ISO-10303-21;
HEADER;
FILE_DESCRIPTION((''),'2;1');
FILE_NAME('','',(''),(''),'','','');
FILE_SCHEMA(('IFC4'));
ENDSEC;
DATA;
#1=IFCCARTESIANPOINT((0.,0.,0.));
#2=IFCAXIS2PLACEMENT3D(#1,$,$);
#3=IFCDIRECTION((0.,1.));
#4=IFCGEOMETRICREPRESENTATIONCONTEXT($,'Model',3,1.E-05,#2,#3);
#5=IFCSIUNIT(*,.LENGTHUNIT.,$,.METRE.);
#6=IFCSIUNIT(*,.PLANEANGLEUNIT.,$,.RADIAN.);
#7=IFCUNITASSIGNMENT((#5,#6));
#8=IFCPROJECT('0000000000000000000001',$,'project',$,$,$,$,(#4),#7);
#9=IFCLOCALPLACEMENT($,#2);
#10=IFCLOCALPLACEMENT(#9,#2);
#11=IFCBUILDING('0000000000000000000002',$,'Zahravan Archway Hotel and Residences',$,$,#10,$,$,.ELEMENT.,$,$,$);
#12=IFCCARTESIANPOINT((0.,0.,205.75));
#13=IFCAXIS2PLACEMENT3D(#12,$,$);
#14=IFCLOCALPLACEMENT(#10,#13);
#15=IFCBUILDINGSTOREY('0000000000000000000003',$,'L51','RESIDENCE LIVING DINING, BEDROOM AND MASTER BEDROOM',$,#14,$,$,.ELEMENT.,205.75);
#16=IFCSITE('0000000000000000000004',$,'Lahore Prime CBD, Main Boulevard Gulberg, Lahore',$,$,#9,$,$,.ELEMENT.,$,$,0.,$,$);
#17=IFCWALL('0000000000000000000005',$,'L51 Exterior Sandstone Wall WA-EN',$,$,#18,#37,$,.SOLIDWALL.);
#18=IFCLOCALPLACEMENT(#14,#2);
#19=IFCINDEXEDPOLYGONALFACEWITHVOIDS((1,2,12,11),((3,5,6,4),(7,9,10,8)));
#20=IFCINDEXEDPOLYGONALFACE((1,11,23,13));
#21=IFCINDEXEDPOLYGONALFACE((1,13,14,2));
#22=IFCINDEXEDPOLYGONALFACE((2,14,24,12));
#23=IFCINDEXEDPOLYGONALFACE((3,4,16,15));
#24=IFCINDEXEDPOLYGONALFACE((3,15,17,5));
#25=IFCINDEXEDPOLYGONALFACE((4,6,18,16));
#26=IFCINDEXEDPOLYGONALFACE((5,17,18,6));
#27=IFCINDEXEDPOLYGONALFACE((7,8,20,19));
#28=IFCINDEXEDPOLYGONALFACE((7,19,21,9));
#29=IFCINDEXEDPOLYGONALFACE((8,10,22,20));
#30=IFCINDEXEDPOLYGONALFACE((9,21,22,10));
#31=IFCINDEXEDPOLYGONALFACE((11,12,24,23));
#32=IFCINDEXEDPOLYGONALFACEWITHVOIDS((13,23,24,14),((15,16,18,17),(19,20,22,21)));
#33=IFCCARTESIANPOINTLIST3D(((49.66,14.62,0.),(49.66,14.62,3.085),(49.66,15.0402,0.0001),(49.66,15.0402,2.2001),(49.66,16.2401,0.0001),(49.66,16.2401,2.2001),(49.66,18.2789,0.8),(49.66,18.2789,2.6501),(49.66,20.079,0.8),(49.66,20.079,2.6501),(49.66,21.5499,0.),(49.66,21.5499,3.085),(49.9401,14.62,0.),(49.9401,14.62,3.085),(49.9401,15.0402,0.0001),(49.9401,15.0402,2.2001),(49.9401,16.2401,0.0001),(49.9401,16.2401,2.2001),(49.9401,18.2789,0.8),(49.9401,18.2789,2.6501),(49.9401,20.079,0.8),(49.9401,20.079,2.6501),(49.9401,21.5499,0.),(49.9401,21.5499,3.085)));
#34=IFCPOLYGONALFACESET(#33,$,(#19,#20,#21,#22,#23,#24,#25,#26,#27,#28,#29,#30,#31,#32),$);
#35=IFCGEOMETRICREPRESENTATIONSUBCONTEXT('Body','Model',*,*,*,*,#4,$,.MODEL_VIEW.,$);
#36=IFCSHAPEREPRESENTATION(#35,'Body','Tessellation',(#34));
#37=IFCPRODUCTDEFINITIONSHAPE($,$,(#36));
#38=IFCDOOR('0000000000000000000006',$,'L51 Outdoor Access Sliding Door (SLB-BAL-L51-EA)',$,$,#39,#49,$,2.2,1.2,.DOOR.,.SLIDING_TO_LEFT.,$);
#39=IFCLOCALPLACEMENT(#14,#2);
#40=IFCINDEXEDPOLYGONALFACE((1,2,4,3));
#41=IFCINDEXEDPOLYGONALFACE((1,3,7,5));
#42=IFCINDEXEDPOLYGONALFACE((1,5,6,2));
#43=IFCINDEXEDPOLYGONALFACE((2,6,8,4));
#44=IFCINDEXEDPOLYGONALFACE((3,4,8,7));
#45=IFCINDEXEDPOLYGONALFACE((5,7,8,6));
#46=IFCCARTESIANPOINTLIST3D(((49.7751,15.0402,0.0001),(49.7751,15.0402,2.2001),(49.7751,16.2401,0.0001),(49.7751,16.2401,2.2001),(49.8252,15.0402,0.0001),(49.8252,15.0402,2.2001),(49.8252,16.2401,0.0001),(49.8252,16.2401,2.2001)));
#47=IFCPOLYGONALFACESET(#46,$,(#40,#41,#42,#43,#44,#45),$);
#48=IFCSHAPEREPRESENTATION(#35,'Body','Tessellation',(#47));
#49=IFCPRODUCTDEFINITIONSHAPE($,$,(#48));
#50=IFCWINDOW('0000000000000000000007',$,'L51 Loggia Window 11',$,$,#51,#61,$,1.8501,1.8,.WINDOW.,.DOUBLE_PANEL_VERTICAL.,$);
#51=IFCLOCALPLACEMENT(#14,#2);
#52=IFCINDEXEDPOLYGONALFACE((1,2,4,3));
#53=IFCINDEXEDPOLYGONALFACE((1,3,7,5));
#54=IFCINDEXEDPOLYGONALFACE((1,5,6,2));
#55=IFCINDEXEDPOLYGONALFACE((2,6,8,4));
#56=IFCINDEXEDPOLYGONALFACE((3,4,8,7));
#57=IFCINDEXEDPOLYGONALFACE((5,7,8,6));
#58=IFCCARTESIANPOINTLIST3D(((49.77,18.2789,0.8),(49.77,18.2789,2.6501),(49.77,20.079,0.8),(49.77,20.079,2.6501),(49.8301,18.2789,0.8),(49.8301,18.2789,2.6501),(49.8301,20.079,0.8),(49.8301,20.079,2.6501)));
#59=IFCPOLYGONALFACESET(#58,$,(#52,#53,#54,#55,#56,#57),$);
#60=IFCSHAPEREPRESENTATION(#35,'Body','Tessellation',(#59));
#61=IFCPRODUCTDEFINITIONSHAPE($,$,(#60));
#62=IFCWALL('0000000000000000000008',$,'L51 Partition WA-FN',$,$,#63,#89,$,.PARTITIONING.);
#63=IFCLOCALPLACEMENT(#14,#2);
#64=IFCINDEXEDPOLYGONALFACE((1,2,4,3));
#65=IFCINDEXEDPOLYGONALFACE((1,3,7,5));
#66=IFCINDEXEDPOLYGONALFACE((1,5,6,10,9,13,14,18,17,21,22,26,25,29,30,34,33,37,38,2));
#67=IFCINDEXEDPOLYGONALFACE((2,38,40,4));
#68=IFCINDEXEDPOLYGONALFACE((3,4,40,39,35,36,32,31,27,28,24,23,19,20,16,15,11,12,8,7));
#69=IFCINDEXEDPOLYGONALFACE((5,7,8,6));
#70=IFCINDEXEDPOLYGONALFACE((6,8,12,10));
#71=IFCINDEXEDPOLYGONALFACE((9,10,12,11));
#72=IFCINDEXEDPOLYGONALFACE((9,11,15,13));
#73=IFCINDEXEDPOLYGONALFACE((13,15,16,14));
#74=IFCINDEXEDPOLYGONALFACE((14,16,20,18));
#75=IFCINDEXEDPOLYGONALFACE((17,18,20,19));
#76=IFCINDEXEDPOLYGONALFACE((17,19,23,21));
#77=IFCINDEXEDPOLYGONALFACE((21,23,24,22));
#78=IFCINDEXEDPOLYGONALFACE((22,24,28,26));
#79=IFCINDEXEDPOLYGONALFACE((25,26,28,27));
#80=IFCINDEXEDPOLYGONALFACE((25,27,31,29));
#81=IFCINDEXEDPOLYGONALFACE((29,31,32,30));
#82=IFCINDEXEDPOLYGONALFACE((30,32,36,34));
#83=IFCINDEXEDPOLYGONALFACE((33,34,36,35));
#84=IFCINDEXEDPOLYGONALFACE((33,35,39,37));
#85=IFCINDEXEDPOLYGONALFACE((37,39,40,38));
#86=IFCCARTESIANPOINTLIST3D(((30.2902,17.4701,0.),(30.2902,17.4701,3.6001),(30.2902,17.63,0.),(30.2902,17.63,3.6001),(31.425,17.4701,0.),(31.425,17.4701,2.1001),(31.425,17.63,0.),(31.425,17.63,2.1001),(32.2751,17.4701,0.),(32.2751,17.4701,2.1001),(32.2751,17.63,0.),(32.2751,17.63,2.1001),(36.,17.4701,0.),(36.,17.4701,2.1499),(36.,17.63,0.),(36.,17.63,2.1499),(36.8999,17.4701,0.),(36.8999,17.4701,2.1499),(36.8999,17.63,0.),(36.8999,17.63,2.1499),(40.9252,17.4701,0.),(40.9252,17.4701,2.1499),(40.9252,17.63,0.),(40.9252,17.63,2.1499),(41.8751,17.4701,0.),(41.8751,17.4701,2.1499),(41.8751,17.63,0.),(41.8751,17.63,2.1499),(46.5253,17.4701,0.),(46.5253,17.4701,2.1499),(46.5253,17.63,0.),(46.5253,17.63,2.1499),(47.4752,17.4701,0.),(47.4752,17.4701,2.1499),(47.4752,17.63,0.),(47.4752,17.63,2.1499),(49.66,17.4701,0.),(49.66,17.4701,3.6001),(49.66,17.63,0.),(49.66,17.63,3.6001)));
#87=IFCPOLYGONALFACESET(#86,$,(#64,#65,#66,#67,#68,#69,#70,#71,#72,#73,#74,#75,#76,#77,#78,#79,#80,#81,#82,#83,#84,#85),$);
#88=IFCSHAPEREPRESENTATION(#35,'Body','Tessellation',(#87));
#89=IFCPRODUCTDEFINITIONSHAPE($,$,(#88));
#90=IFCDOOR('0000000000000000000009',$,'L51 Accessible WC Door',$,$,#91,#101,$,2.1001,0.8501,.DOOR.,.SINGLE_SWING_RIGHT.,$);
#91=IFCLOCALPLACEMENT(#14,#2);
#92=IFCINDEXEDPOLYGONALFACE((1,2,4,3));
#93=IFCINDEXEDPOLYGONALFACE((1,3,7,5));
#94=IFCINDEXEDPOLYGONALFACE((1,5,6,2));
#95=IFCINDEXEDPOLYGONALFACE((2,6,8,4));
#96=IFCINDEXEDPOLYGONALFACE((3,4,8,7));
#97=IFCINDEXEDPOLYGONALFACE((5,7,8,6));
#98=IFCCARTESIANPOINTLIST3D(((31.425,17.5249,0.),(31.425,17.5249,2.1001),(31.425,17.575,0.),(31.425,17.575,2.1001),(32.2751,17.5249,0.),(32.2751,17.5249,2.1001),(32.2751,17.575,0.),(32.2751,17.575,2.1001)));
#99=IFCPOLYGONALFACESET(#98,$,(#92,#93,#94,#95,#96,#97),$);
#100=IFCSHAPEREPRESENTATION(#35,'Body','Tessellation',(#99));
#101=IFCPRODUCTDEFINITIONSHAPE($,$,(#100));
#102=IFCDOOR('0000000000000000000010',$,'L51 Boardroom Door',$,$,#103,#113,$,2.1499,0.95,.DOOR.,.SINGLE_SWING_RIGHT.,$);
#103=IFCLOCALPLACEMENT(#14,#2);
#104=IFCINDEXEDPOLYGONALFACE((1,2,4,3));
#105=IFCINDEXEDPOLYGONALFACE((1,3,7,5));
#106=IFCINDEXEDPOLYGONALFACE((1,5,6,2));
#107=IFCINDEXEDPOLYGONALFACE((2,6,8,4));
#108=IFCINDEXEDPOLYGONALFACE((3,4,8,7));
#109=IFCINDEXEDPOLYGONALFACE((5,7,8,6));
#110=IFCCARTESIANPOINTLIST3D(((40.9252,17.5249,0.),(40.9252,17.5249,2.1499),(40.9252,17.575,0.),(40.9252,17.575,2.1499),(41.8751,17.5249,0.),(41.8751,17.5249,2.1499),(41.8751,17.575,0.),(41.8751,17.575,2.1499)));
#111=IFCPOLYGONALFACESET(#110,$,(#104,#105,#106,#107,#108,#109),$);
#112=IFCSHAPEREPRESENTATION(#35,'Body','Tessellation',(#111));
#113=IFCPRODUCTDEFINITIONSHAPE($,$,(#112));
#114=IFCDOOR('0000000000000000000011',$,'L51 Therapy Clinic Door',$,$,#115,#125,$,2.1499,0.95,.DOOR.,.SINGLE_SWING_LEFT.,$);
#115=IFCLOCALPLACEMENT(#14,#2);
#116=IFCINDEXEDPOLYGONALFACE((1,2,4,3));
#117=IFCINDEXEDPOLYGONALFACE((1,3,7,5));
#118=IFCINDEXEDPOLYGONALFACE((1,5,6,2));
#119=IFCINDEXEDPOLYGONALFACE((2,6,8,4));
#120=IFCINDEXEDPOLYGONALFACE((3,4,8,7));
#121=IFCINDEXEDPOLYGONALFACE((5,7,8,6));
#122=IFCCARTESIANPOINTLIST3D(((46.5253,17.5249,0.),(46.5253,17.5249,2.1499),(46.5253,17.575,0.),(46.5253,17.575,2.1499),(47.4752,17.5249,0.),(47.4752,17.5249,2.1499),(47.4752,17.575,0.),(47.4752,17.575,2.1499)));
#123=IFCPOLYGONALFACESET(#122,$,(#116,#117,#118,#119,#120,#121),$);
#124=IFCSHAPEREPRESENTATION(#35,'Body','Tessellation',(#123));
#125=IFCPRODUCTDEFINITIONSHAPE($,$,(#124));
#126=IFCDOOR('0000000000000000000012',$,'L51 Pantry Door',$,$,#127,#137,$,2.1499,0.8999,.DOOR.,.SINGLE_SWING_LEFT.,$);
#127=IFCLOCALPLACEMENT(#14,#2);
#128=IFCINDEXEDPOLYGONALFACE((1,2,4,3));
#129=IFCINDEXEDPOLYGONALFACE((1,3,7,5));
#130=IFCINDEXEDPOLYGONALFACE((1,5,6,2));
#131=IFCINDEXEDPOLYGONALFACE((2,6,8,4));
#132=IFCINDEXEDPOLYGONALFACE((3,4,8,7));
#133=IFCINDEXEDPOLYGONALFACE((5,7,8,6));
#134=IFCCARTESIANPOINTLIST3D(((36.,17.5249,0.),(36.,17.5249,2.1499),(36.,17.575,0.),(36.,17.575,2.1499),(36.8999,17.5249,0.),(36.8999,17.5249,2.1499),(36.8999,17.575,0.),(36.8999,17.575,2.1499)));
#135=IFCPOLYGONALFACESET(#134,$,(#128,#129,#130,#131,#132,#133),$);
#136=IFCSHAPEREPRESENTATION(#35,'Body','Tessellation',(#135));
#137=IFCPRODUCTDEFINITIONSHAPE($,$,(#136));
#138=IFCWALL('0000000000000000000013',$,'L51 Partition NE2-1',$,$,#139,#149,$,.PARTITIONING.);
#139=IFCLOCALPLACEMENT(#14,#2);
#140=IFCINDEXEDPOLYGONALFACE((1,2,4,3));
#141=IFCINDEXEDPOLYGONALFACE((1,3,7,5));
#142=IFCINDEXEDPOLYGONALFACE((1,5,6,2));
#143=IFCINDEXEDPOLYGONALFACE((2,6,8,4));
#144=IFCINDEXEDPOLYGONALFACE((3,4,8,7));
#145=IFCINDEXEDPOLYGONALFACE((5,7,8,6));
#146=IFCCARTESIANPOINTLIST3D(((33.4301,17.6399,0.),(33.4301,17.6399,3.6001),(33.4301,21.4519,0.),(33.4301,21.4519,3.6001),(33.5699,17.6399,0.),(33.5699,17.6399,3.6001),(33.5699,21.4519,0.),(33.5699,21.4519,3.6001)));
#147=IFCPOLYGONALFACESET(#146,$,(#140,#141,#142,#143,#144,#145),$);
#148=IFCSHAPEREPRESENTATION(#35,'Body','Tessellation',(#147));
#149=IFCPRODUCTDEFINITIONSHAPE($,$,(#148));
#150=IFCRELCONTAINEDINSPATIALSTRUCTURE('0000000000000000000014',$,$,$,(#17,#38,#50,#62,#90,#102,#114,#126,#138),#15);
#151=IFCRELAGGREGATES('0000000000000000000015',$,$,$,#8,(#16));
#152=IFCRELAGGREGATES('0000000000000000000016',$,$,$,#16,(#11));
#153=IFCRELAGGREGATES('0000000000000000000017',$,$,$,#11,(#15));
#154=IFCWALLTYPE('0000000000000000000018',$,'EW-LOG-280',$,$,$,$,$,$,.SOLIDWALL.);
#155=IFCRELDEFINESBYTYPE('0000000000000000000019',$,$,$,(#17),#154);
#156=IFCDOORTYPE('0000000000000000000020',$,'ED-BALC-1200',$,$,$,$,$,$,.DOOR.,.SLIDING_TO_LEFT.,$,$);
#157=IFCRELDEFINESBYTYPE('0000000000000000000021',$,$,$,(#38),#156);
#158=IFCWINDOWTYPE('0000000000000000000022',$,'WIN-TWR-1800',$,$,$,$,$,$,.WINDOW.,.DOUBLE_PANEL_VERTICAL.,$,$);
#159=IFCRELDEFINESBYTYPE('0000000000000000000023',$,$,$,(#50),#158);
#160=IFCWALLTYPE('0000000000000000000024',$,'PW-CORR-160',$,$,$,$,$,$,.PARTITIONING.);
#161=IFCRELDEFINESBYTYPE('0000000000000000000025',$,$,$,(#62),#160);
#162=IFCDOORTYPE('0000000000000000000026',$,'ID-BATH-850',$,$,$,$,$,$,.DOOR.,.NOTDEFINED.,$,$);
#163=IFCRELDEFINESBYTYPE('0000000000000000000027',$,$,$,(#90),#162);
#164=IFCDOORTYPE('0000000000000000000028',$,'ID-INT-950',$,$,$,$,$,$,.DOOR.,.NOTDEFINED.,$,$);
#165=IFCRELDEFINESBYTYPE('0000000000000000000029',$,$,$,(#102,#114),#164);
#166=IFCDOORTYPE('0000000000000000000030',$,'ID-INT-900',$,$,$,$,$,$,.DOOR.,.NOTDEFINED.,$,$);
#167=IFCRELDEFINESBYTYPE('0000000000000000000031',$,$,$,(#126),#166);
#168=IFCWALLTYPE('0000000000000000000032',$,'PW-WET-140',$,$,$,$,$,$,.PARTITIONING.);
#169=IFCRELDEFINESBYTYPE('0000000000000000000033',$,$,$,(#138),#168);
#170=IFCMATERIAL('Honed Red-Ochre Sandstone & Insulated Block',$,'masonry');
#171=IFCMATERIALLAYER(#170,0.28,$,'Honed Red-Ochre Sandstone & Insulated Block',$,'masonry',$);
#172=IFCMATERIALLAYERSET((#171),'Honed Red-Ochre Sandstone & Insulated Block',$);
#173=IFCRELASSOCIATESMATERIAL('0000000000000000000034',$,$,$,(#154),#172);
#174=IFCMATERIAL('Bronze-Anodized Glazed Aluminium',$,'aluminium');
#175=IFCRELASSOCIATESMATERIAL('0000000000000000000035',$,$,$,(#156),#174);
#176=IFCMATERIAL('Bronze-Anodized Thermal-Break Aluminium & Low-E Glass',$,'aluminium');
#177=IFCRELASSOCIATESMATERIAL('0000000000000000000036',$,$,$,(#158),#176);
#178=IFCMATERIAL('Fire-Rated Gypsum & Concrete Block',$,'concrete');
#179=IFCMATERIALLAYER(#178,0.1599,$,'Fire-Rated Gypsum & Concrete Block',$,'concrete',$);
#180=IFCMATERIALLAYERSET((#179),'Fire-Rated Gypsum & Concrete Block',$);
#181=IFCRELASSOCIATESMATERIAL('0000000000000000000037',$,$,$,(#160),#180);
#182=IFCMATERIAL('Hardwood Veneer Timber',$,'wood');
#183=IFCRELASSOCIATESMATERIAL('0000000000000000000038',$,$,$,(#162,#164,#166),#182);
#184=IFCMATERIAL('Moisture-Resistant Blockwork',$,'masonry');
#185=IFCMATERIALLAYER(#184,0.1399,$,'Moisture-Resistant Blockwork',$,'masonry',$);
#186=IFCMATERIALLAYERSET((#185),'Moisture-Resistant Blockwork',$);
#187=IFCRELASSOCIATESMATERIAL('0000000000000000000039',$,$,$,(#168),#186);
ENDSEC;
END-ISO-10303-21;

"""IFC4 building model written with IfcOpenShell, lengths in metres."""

from ifc_helpers import new_model, si_unit, direction, frame, frame_2d, origin, place, context, subcontext, project, spatial, rectangle, extrude, source, transform, mapped, material, layer, layer_set, type_object, type_shapes, element, fill, save


model = new_model("IFC4")

# Units and contexts
model_context = context("Model", 3, precision=1e-05, world=origin(), true_north=direction((0.0, 1.0)))
body_context = subcontext(model_context, "Body", "Model", "MODEL_VIEW")
ifc_project = project(units=[si_unit("LENGTHUNIT", "METRE"), si_unit("PLANEANGLEUNIT", "RADIAN")], contexts=[model_context])

# Site, building, storey
site_placement = place(None, origin())
site = spatial("IfcSite", under=ifc_project, at=site_placement, Name="Lahore Prime CBD, Main Boulevard Gulberg, Lahore", CompositionType="ELEMENT", RefElevation=0.0)
building_placement = place(site_placement, origin())
building = spatial("IfcBuilding", under=site, at=building_placement, Name="Zahravan Archway Hotel and Residences", CompositionType="ELEMENT")
storey_placement = place(building_placement, frame((0.0, 0.0, 205.75)))
storey = spatial("IfcBuildingStorey", under=building, at=storey_placement, Name="L51", Description="RESIDENCE LIVING DINING, BEDROOM AND MASTER BEDROOM", CompositionType="ELEMENT", Elevation=205.75)

# Wall, openings, door, window
ifc_material_1 = material(Name="Honed Red-Ochre Sandstone & Insulated Block", Category="masonry")
ifc_layer_1 = layer(ifc_material_1, 0.28, Name="Honed Red-Ochre Sandstone & Insulated Block", Category="masonry")
ifc_layer_set_1 = layer_set([ifc_layer_1], Name="Honed Red-Ochre Sandstone & Insulated Block")
wall_type_1 = type_object("IfcWallType", Name="EW-LOG-280", PredefinedType="SOLIDWALL", material=ifc_layer_set_1)
wall_1_placement = place(storey_placement, frame((49.8, 14.6201, 0.0), z_axis=(0.0, 0.0, 1.0), x_axis=(0.0, 1.0, 0.0)))
wall_1 = element("IfcWall", 1, at=wall_1_placement, inside=storey, type_object=wall_type_1, Name="L51 Exterior Sandstone Wall WA-EN", PredefinedType="SOLIDWALL", context=body_context, shape_type="SweptSolid", body=[
    extrude(rectangle(XDim=6.9299, YDim=0.28, at=frame_2d((3.4648, 0.0))), origin(), (0.0, 0.0, 1.0), 3.085),
])
opening_1_placement = place(wall_1_placement, frame((0.4199, 0.0, 0.0)))
opening_1 = element("IfcOpeningElement", 2, at=opening_1_placement, cuts=wall_1, PredefinedType="OPENING", context=body_context, shape_type="SweptSolid", body=[
    extrude(rectangle(XDim=1.2, YDim=2.2, at=frame_2d((0.6001, 1.1001))), frame((0.0, 0.1499, 0.0), z_axis=(0.0, -1.0, 0.0), x_axis=(1.0, 0.0, 0.0)), (0.0, 0.0, 1.0), 0.3),
])
opening_2_placement = place(wall_1_placement, frame((3.6589, 0.0, 0.8)))
opening_2 = element("IfcOpeningElement", 3, at=opening_2_placement, cuts=wall_1, PredefinedType="OPENING", context=body_context, shape_type="SweptSolid", body=[
    extrude(rectangle(XDim=1.8, YDim=1.8501, at=frame_2d((0.8999, 0.925))), frame((0.0, 0.1499, 0.0), z_axis=(0.0, -1.0, 0.0), x_axis=(1.0, 0.0, 0.0)), (0.0, 0.0, 1.0), 0.3),
])
ifc_material_2 = material(Name="Bronze-Anodized Glazed Aluminium", Category="aluminium")
door_type_1 = type_object("IfcDoorType", Name="ED-BALC-1200", OperationType="SLIDING_TO_LEFT", PredefinedType="DOOR", material=ifc_material_2)
shared_shape_1 = source(origin(), body_context, "Body", "SweptSolid", [
    extrude(rectangle(XDim=1.2, YDim=2.2, at=frame_2d((0.6001, 1.1001))), frame((0.0, 0.0249, 0.0), z_axis=(0.0, -1.0, 0.0), x_axis=(1.0, 0.0, 0.0)), (0.0, 0.0, 1.0), 0.05),
])
type_shapes(door_type_1, [shared_shape_1])
door_1_placement = place(opening_1_placement, origin())
door_1 = element("IfcDoor", 4, at=door_1_placement, inside=storey, type_object=door_type_1, Name="L51 Outdoor Access Sliding Door (SLB-BAL-L51-EA)", OperationType="SLIDING_TO_LEFT", OverallHeight=2.2, OverallWidth=1.2, PredefinedType="DOOR", context=body_context, shape_type="MappedRepresentation", body=[
    mapped(shared_shape_1, transform((0.0, 0.0, 0.0), scale=1.0)),
])
fill(opening_1, door_1)
ifc_material_3 = material(Name="Bronze-Anodized Thermal-Break Aluminium & Low-E Glass", Category="aluminium")
window_type = type_object("IfcWindowType", Name="WIN-TWR-1800", PartitioningType="DOUBLE_PANEL_VERTICAL", PredefinedType="WINDOW", material=ifc_material_3)
shared_shape_2 = source(origin(), body_context, "Body", "SweptSolid", [
    extrude(rectangle(XDim=1.8, YDim=1.8501, at=frame_2d((0.8999, 0.925))), frame((0.0, 0.03, 0.0), z_axis=(0.0, -1.0, 0.0), x_axis=(1.0, 0.0, 0.0)), (0.0, 0.0, 1.0), 0.0601),
])
type_shapes(window_type, [shared_shape_2])
window_placement = place(opening_2_placement, origin())
window = element("IfcWindow", 5, at=window_placement, inside=storey, type_object=window_type, Name="L51 Loggia Window 11", OverallHeight=1.8501, OverallWidth=1.8, PartitioningType="DOUBLE_PANEL_VERTICAL", PredefinedType="WINDOW", context=body_context, shape_type="MappedRepresentation", body=[
    mapped(shared_shape_2, transform((0.0, 0.0, 0.0), scale=1.0)),
])
fill(opening_2, window)

# Wall, openings, doors
ifc_material_4 = material(Name="Fire-Rated Gypsum & Concrete Block", Category="concrete")
ifc_layer_2 = layer(ifc_material_4, 0.1599, Name="Fire-Rated Gypsum & Concrete Block", Category="concrete")
ifc_layer_set_2 = layer_set([ifc_layer_2], Name="Fire-Rated Gypsum & Concrete Block")
wall_type_2 = type_object("IfcWallType", Name="PW-CORR-160", PredefinedType="PARTITIONING", material=ifc_layer_set_2)
wall_2_placement = place(storey_placement, frame((30.29, 17.55, 0.0), z_axis=(0.0, 0.0, 1.0), x_axis=(1.0, 0.0, 0.0)))
wall_2 = element("IfcWall", 6, at=wall_2_placement, inside=storey, type_object=wall_type_2, Name="L51 Partition WA-FN", PredefinedType="PARTITIONING", context=body_context, shape_type="SweptSolid", body=[
    extrude(rectangle(XDim=19.3699, YDim=0.1599, at=frame_2d((9.6851, 0.0))), origin(), (0.0, 0.0, 1.0), 3.6001),
])
opening_3_placement = place(wall_2_placement, frame((1.135, 0.0, 0.0)))
opening_3 = element("IfcOpeningElement", 7, at=opening_3_placement, cuts=wall_2, PredefinedType="OPENING", context=body_context, shape_type="SweptSolid", body=[
    extrude(rectangle(XDim=0.8501, YDim=2.1001, at=frame_2d((0.425, 1.05))), frame((0.0, 0.0898, 0.0), z_axis=(0.0, -1.0, 0.0), x_axis=(1.0, 0.0, 0.0)), (0.0, 0.0, 1.0), 0.1799),
])
opening_4_placement = place(wall_2_placement, frame((5.71, 0.0, 0.0)))
opening_4 = element("IfcOpeningElement", 8, at=opening_4_placement, cuts=wall_2, PredefinedType="OPENING", context=body_context, shape_type="SweptSolid", body=[
    extrude(rectangle(XDim=0.8999, YDim=2.1499, at=frame_2d((0.45, 1.075))), frame((0.0, 0.0898, 0.0), z_axis=(0.0, -1.0, 0.0), x_axis=(1.0, 0.0, 0.0)), (0.0, 0.0, 1.0), 0.1799),
])
opening_5_placement = place(wall_2_placement, frame((10.635, 0.0, 0.0)))
opening_5 = element("IfcOpeningElement", 9, at=opening_5_placement, cuts=wall_2, PredefinedType="OPENING", context=body_context, shape_type="SweptSolid", body=[
    extrude(rectangle(XDim=0.95, YDim=2.1499, at=frame_2d((0.4751, 1.075))), frame((0.0, 0.0898, 0.0), z_axis=(0.0, -1.0, 0.0), x_axis=(1.0, 0.0, 0.0)), (0.0, 0.0, 1.0), 0.1799),
])
opening_6_placement = place(wall_2_placement, frame((16.2351, 0.0, 0.0)))
opening_6 = element("IfcOpeningElement", 10, at=opening_6_placement, cuts=wall_2, PredefinedType="OPENING", context=body_context, shape_type="SweptSolid", body=[
    extrude(rectangle(XDim=0.95, YDim=2.1499, at=frame_2d((0.4751, 1.075))), frame((0.0, 0.0898, 0.0), z_axis=(0.0, -1.0, 0.0), x_axis=(1.0, 0.0, 0.0)), (0.0, 0.0, 1.0), 0.1799),
])
ifc_material_5 = material(Name="Hardwood Veneer Timber", Category="wood")
door_type_2 = type_object("IfcDoorType", Name="ID-BATH-850", OperationType="NOTDEFINED", PredefinedType="DOOR", material=ifc_material_5)
shared_shape_3 = source(origin(), body_context, "Body", "SweptSolid", [
    extrude(rectangle(XDim=0.8501, YDim=2.1001, at=frame_2d((0.425, 1.05))), frame((0.0, 0.0249, 0.0), z_axis=(0.0, -1.0, 0.0), x_axis=(1.0, 0.0, 0.0)), (0.0, 0.0, 1.0), 0.05),
])
type_shapes(door_type_2, [shared_shape_3])
door_2_placement = place(opening_3_placement, origin())
door_2 = element("IfcDoor", 11, at=door_2_placement, inside=storey, type_object=door_type_2, Name="L51 Accessible WC Door", OperationType="SINGLE_SWING_RIGHT", OverallHeight=2.1001, OverallWidth=0.8501, PredefinedType="DOOR", context=body_context, shape_type="MappedRepresentation", body=[
    mapped(shared_shape_3, transform((0.0, 0.0, 0.0), scale=1.0)),
])
fill(opening_3, door_2)
door_type_3 = type_object("IfcDoorType", Name="ID-INT-950", OperationType="NOTDEFINED", PredefinedType="DOOR", material=ifc_material_5)
shared_shape_4 = source(origin(), body_context, "Body", "SweptSolid", [
    extrude(rectangle(XDim=0.95, YDim=2.1499, at=frame_2d((0.4751, 1.075))), frame((0.0, 0.0249, 0.0), z_axis=(0.0, -1.0, 0.0), x_axis=(1.0, 0.0, 0.0)), (0.0, 0.0, 1.0), 0.05),
])
type_shapes(door_type_3, [shared_shape_4])
door_3_placement = place(opening_5_placement, origin())
door_3 = element("IfcDoor", 12, at=door_3_placement, inside=storey, type_object=door_type_3, Name="L51 Boardroom Door", OperationType="SINGLE_SWING_RIGHT", OverallHeight=2.1499, OverallWidth=0.95, PredefinedType="DOOR", context=body_context, shape_type="MappedRepresentation", body=[
    mapped(shared_shape_4, transform((0.0, 0.0, 0.0), scale=1.0)),
])
fill(opening_5, door_3)
door_4_placement = place(opening_6_placement, origin())
door_4 = element("IfcDoor", 13, at=door_4_placement, inside=storey, type_object=door_type_3, Name="L51 Therapy Clinic Door", OperationType="SINGLE_SWING_LEFT", OverallHeight=2.1499, OverallWidth=0.95, PredefinedType="DOOR", context=body_context, shape_type="MappedRepresentation", body=[
    mapped(shared_shape_4, transform((0.0, 0.0, 0.0), scale=1.0)),
])
fill(opening_6, door_4)
door_type_4 = type_object("IfcDoorType", Name="ID-INT-900", OperationType="NOTDEFINED", PredefinedType="DOOR", material=ifc_material_5)
shared_shape_5 = source(origin(), body_context, "Body", "SweptSolid", [
    extrude(rectangle(XDim=0.8999, YDim=2.1499, at=frame_2d((0.45, 1.075))), frame((0.0, 0.0249, 0.0), z_axis=(0.0, -1.0, 0.0), x_axis=(1.0, 0.0, 0.0)), (0.0, 0.0, 1.0), 0.05),
])
type_shapes(door_type_4, [shared_shape_5])
door_5_placement = place(opening_4_placement, origin())
door_5 = element("IfcDoor", 14, at=door_5_placement, inside=storey, type_object=door_type_4, Name="L51 Pantry Door", OperationType="SINGLE_SWING_LEFT", OverallHeight=2.1499, OverallWidth=0.8999, PredefinedType="DOOR", context=body_context, shape_type="MappedRepresentation", body=[
    mapped(shared_shape_5, transform((0.0, 0.0, 0.0), scale=1.0)),
])
fill(opening_4, door_5)

# Wall
ifc_material_6 = material(Name="Moisture-Resistant Blockwork", Category="masonry")
ifc_layer_3 = layer(ifc_material_6, 0.1399, Name="Moisture-Resistant Blockwork", Category="masonry")
ifc_layer_set_3 = layer_set([ifc_layer_3], Name="Moisture-Resistant Blockwork")
wall_type_3 = type_object("IfcWallType", Name="PW-WET-140", PredefinedType="PARTITIONING", material=ifc_layer_set_3)
for number, where, z_axis, x_axis, name in (
    (15, (33.5, 17.6399, 0.0), (0.0, 0.0, 1.0), (0.0, 1.0, 0.0), "L51 Partition NE2-1"),
):
    element("IfcWall", number, at=place(storey_placement, frame(where, z_axis=z_axis, x_axis=x_axis)), inside=storey, type_object=wall_type_3, Name=name, PredefinedType="PARTITIONING", context=body_context, shape_type="SweptSolid", body=[
        extrude(rectangle(XDim=3.812, YDim=0.1399, at=frame_2d((1.906, 0.0))), origin(), (0.0, 0.0, 1.0), 3.6001),
    ])

save(model, "model.ifc")
